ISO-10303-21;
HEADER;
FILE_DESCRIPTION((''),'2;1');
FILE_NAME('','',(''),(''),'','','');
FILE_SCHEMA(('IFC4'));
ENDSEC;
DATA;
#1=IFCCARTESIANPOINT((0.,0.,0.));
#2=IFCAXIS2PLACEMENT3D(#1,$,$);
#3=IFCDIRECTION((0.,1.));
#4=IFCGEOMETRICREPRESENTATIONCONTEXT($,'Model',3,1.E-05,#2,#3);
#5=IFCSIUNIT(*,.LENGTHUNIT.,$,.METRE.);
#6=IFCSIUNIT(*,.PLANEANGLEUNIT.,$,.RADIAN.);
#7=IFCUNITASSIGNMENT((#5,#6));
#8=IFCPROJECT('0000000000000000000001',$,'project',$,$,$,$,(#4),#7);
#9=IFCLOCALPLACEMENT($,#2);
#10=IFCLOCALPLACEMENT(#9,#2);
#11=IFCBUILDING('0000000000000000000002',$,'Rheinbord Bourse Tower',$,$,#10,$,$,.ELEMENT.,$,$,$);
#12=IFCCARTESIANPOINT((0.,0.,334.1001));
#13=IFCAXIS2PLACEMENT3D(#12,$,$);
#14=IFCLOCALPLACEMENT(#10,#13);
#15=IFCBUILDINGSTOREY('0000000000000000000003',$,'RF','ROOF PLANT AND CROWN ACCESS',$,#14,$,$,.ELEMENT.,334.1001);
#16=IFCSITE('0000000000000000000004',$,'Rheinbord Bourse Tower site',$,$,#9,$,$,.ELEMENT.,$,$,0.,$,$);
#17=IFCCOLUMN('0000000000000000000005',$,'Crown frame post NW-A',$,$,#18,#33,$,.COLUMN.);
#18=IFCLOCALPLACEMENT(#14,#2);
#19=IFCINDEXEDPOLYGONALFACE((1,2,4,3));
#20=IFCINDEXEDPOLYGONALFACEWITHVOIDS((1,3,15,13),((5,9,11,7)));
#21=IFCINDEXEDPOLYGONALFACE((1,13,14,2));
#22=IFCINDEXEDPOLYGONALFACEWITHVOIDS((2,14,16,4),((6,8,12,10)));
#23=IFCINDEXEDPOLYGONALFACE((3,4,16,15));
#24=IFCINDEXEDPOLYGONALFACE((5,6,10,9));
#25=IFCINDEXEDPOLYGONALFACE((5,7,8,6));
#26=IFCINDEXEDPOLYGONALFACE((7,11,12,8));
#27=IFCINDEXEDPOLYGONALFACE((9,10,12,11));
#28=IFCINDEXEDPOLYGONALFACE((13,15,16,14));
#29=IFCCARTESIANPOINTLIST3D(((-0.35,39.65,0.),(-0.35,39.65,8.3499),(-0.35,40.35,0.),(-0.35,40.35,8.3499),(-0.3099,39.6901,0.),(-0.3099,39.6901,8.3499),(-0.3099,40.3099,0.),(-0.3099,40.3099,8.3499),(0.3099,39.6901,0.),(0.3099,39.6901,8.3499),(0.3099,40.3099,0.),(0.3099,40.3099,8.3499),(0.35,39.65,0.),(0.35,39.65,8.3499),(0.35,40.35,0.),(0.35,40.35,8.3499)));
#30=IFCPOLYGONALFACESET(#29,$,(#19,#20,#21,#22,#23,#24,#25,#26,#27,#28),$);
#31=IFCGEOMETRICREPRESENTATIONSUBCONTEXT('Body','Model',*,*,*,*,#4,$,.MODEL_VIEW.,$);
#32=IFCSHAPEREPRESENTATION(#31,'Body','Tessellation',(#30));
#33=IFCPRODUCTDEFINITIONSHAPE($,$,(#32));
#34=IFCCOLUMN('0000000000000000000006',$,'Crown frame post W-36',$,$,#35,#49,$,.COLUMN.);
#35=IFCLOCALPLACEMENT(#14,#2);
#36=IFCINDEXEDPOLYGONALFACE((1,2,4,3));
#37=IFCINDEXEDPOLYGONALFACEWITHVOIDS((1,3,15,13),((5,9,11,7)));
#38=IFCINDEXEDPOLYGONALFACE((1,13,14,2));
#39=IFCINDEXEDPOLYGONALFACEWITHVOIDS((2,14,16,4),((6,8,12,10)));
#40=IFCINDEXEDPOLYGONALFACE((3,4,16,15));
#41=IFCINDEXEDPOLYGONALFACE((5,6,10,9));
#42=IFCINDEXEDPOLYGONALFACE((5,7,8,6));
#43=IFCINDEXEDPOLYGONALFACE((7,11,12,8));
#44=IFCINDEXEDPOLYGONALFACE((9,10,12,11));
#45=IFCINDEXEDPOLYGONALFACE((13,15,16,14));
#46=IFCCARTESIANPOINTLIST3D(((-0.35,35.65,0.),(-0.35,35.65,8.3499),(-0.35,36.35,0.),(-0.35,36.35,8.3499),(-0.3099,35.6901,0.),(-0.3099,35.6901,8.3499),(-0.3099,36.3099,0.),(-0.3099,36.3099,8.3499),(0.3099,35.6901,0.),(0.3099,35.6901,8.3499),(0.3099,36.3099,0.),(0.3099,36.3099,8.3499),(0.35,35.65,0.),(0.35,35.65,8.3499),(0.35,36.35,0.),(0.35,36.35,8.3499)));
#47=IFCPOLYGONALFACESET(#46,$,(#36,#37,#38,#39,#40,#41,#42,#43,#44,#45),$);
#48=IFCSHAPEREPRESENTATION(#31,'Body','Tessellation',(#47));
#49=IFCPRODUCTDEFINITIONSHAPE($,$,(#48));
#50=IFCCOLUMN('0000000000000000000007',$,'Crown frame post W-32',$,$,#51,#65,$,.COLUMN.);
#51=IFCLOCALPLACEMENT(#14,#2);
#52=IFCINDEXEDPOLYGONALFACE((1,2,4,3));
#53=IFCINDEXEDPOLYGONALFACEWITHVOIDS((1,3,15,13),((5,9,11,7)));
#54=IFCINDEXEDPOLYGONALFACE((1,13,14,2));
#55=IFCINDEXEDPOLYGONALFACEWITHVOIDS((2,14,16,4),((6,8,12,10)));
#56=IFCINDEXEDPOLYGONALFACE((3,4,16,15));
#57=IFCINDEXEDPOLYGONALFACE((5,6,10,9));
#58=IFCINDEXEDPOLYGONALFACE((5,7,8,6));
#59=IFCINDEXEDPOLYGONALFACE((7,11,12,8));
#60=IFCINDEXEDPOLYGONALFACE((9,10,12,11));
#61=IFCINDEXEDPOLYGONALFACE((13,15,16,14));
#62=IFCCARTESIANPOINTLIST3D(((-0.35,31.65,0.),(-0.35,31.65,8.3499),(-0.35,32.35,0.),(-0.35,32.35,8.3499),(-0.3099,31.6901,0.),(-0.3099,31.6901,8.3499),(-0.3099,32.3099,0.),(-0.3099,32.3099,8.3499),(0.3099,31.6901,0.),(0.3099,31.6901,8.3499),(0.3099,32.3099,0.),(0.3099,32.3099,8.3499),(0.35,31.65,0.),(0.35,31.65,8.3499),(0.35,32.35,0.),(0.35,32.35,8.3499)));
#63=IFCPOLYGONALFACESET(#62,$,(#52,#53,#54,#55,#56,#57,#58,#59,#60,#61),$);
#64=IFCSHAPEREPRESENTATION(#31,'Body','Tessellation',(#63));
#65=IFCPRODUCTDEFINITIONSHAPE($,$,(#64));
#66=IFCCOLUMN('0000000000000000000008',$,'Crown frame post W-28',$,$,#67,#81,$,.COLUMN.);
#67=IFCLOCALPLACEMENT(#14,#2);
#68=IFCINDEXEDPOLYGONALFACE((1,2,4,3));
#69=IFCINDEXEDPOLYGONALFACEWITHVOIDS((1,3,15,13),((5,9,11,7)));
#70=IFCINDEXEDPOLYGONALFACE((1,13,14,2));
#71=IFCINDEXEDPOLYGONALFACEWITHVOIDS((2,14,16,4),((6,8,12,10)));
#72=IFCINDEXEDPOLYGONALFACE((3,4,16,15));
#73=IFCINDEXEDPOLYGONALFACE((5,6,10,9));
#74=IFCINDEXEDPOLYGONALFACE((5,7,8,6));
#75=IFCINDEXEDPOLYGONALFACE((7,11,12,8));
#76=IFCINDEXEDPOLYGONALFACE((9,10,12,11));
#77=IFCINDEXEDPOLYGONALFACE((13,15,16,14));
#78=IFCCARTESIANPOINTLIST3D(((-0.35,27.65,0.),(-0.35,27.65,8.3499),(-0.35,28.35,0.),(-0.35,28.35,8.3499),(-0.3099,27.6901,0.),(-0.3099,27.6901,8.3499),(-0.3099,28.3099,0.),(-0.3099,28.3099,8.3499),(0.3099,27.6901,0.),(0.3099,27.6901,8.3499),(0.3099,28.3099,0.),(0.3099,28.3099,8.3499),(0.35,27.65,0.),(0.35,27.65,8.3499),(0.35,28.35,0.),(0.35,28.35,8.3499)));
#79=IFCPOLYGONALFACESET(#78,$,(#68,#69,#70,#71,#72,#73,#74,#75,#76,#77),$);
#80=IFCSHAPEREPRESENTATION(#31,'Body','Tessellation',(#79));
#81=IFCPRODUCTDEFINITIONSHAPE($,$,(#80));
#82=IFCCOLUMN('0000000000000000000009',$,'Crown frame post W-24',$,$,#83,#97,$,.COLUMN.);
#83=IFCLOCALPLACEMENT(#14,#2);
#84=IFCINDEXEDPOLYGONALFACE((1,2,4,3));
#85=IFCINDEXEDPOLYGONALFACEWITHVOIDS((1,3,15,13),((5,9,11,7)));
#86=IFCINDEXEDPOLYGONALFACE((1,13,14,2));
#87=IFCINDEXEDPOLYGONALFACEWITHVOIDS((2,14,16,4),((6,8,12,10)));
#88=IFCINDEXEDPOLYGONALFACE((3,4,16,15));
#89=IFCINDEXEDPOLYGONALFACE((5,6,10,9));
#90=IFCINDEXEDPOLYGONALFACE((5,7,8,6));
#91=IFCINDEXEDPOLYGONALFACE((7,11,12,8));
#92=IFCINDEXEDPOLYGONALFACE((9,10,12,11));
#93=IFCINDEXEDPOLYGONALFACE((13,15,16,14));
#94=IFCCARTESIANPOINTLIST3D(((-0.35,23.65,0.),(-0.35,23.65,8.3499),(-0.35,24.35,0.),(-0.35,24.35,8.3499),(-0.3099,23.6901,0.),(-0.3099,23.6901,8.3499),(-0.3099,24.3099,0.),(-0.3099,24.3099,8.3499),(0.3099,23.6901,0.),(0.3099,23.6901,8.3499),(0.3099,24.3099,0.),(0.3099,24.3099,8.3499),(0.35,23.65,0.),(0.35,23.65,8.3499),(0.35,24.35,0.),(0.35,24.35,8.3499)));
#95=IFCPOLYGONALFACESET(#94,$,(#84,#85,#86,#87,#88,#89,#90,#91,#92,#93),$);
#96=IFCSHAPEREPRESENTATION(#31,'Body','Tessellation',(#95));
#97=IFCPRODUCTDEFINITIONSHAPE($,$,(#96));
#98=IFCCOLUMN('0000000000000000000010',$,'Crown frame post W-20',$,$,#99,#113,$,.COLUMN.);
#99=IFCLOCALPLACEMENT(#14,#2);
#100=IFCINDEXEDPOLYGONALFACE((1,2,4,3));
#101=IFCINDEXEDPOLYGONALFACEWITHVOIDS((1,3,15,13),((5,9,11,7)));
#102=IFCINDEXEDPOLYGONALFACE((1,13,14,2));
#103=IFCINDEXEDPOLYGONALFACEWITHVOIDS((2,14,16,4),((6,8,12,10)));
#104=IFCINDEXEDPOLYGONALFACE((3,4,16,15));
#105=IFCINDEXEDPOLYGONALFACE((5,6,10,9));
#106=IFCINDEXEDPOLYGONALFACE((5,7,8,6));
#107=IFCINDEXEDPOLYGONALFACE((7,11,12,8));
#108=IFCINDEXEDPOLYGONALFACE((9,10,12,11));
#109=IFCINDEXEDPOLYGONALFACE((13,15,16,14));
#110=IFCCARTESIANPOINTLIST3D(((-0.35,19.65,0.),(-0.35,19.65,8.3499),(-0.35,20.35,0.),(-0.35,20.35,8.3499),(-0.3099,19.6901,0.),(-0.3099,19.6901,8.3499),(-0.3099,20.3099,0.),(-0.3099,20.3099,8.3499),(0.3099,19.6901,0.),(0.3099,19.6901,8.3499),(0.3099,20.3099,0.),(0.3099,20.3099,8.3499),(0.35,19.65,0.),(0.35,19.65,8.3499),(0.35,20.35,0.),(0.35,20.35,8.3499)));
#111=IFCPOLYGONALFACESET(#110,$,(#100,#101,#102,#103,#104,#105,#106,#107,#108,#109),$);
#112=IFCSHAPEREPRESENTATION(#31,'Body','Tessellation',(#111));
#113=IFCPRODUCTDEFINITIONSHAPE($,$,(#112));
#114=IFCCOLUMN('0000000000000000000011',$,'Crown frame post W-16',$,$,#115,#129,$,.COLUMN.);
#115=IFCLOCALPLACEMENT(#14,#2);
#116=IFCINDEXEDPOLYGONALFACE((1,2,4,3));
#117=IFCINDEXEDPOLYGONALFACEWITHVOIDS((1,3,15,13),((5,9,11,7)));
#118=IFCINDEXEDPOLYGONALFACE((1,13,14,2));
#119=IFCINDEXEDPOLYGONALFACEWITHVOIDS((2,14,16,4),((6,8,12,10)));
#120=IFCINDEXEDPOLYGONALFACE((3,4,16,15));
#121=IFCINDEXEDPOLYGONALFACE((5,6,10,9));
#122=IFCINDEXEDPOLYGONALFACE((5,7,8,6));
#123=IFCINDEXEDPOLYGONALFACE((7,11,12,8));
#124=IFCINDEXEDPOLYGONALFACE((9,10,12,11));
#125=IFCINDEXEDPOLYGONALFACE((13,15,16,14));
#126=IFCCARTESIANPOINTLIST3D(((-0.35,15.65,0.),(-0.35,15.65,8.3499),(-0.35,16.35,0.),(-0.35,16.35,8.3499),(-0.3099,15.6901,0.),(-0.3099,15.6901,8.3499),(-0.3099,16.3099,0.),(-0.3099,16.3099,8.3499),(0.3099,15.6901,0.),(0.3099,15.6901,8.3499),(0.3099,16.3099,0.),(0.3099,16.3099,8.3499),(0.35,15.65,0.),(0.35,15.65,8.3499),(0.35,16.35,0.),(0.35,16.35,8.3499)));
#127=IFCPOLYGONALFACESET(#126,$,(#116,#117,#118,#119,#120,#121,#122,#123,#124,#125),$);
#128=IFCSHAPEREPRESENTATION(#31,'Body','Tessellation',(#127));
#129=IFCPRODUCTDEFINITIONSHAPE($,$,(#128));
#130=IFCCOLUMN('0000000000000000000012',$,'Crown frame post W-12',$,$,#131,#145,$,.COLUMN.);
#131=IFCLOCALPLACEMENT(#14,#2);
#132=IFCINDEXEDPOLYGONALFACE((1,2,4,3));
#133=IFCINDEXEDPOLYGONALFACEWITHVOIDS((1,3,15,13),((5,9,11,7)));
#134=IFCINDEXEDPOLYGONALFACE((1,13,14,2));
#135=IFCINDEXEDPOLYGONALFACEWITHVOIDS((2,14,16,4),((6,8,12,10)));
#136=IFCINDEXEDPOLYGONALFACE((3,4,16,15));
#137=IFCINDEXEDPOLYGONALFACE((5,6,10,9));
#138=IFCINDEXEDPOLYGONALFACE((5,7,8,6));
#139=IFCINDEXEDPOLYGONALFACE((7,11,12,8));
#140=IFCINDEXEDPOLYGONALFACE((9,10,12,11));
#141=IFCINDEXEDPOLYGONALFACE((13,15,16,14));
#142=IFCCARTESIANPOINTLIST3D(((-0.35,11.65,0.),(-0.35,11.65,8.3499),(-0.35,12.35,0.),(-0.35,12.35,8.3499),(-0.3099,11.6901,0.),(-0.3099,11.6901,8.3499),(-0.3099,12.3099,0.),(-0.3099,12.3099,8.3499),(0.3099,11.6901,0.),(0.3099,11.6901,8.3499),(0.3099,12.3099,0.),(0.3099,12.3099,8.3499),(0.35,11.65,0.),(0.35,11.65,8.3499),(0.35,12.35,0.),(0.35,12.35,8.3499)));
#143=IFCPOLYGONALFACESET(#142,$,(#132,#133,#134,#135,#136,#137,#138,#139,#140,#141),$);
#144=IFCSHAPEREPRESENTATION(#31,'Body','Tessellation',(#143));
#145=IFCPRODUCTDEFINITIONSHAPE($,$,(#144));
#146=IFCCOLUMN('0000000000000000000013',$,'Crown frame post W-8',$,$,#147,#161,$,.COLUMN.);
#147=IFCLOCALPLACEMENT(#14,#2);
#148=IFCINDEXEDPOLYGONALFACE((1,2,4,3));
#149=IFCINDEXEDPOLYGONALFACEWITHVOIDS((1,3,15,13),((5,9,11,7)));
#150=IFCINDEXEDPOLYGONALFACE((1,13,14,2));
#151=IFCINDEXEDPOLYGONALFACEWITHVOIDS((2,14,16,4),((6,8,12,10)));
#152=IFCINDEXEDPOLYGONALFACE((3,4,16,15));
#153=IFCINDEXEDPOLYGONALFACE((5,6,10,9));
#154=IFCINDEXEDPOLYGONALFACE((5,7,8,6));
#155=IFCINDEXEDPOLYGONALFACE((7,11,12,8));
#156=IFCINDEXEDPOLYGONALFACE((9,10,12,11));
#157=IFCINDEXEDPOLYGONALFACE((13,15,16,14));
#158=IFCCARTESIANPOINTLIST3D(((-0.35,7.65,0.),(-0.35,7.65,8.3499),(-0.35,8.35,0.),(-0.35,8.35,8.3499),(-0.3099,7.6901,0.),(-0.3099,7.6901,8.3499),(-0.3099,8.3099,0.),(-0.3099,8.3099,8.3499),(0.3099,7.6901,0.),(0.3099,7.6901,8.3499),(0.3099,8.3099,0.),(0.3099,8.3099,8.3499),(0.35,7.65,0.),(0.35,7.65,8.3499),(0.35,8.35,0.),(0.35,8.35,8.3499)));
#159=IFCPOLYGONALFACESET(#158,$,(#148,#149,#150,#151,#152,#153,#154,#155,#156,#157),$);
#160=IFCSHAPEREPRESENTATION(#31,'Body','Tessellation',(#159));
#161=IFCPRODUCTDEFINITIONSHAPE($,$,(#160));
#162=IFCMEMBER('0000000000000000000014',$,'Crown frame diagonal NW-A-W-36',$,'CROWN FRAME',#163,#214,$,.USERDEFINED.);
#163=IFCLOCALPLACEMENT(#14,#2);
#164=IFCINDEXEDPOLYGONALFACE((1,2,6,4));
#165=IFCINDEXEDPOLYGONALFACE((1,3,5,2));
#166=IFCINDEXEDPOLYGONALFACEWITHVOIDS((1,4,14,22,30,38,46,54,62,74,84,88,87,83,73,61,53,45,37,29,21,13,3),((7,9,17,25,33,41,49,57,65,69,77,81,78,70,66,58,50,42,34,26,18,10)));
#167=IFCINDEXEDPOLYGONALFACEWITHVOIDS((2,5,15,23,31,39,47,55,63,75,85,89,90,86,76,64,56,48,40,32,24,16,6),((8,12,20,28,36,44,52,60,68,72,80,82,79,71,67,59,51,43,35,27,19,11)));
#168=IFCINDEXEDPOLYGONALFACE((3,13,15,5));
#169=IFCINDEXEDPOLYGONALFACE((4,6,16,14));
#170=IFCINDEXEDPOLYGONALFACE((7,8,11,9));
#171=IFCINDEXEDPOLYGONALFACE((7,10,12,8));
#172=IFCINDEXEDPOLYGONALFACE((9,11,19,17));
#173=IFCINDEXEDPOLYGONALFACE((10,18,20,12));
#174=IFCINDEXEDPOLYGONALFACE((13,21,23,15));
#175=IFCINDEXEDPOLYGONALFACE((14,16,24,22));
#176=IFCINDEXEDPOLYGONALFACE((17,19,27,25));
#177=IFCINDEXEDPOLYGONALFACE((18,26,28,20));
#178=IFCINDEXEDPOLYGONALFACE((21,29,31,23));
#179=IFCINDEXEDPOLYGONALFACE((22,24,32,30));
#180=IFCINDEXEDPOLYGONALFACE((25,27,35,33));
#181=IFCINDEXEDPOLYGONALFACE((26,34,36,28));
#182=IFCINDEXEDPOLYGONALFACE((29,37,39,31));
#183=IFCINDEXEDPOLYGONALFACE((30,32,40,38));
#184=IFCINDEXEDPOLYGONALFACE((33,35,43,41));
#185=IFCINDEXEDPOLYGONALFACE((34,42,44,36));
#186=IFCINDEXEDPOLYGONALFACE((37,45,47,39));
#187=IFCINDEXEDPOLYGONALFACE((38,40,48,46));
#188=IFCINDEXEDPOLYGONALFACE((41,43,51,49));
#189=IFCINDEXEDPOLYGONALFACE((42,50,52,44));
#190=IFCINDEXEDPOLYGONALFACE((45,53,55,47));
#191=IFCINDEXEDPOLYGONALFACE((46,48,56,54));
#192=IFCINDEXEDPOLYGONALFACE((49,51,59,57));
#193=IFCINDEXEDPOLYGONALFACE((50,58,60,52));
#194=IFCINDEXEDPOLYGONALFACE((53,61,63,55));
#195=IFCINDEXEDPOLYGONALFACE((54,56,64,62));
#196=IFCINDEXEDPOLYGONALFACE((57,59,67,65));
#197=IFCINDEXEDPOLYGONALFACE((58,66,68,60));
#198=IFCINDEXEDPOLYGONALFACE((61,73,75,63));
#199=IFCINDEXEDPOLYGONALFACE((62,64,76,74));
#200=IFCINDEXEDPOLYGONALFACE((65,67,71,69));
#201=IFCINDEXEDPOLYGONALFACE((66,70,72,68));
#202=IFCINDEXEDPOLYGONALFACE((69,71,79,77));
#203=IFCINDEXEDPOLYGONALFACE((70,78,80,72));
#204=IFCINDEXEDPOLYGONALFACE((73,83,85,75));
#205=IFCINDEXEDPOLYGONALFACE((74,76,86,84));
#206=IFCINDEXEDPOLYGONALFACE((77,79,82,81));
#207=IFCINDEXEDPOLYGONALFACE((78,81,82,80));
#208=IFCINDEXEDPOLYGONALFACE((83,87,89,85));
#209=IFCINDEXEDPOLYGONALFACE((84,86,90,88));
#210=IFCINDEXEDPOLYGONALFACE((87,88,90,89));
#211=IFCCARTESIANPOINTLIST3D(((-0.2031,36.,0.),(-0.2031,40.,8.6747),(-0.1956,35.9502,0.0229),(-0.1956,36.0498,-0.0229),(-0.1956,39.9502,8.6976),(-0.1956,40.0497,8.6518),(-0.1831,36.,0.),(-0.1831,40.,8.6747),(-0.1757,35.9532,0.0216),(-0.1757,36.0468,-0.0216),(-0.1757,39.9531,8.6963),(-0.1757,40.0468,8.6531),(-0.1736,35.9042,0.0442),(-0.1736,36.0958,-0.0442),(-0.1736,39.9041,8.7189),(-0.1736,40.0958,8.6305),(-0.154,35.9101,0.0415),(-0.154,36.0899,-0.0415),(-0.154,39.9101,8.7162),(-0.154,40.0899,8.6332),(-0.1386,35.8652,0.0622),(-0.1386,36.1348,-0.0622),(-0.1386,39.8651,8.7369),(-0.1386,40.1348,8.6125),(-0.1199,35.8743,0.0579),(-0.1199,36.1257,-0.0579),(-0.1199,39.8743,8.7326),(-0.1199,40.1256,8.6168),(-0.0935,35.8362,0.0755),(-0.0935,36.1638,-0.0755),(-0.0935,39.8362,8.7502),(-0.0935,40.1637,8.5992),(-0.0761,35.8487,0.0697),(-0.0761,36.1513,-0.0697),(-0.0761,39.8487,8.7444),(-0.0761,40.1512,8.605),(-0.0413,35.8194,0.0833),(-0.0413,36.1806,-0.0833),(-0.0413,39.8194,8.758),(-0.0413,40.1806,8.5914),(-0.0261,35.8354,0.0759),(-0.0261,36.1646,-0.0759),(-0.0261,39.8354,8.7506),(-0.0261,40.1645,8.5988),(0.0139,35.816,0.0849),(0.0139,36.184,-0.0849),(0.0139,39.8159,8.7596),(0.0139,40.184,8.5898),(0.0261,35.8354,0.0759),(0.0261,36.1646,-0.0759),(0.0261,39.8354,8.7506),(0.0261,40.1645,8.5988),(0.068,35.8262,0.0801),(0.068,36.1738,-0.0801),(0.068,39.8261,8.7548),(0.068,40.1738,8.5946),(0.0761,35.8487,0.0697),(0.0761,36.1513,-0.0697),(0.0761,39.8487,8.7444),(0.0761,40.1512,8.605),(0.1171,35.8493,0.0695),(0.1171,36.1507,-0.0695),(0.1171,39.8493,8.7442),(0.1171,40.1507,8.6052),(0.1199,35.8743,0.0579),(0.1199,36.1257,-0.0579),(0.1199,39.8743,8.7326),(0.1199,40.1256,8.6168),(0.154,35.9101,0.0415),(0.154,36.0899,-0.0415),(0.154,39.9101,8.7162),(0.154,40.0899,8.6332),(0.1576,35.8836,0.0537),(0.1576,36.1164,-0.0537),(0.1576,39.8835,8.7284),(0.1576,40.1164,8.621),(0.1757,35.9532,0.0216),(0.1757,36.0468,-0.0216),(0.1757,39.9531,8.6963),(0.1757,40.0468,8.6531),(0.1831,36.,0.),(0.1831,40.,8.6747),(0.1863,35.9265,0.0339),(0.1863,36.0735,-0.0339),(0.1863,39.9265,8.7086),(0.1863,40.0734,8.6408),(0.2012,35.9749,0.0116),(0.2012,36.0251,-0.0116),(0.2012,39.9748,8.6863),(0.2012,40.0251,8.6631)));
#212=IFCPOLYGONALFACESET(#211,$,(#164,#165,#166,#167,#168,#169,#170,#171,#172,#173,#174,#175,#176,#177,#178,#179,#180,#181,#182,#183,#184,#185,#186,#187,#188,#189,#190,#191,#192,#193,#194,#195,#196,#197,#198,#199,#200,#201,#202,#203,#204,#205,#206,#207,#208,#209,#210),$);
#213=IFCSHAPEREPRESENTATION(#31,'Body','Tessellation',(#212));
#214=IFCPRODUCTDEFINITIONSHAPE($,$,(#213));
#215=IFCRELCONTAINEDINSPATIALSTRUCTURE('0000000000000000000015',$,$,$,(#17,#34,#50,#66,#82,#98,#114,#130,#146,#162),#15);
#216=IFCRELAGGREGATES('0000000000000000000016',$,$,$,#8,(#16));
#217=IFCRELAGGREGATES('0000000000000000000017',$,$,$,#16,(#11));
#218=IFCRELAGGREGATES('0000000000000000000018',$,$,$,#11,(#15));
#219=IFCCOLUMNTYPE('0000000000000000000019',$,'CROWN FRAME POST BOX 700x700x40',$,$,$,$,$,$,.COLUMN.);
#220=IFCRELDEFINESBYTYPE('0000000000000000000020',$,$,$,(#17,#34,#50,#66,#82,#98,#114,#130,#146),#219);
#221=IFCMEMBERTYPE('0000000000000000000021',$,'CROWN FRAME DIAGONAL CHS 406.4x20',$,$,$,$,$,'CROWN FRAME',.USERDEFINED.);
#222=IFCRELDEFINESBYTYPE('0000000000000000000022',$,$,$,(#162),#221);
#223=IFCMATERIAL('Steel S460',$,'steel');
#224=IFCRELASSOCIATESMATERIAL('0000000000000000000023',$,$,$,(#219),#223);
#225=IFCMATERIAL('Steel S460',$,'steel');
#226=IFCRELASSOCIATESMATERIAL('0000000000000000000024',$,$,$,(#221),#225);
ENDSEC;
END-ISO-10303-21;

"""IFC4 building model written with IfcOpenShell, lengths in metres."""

from ifc_helpers import new_model, si_unit, direction, frame, origin, origin_2d, place, context, subcontext, project, spatial, hollow_rectangle, hollow_circle, extrude, material, material_profile, profile_set, type_object, element, save


model = new_model("IFC4")

# Units and contexts
model_context = context("Model", 3, precision=1e-05, world=origin(), true_north=direction((0.0, 1.0)))
body_context = subcontext(model_context, "Body", "Model", "MODEL_VIEW")
ifc_project = project(units=[si_unit("LENGTHUNIT", "METRE"), si_unit("PLANEANGLEUNIT", "RADIAN")], contexts=[model_context])

# Site, building, storey
site_placement = place(None, origin())
site = spatial("IfcSite", under=ifc_project, at=site_placement, Name="Rheinbord Bourse Tower site", CompositionType="ELEMENT", RefElevation=0.0)
building_placement = place(site_placement, origin())
building = spatial("IfcBuilding", under=site, at=building_placement, Name="Rheinbord Bourse Tower", CompositionType="ELEMENT")
storey_placement = place(building_placement, frame((0.0, 0.0, 334.1001)))
storey = spatial("IfcBuildingStorey", under=building, at=storey_placement, Name="RF", Description="ROOF PLANT AND CROWN ACCESS", CompositionType="ELEMENT", Elevation=334.1001)

# Columns
ifc_material_1 = material(Name="Steel S460", Category="steel")
ifc_material_profile_1 = material_profile(ifc_material_1, hollow_rectangle(XDim=0.7, YDim=0.7, WallThickness=0.04, at=origin_2d()), Name="BOX 700x700x40")
ifc_profile_set_1 = profile_set([ifc_material_profile_1], Name="Steel S460")
column_type = type_object("IfcColumnType", Name="CROWN FRAME POST BOX 700x700x40", PredefinedType="COLUMN", material=ifc_profile_set_1)
for number, where, z_axis, x_axis, name in (
    (1, (0.0, 40.0, 0.0), (0.0, 0.0, 1.0), (1.0, 0.0, 0.0), "Crown frame post NW-A"),
    (2, (0.0, 36.0, 0.0), (0.0, 0.0, 1.0), (1.0, 0.0, 0.0), "Crown frame post W-36"),
    (3, (0.0, 32.0, 0.0), (0.0, 0.0, 1.0), (1.0, 0.0, 0.0), "Crown frame post W-32"),
    (4, (0.0, 28.0, 0.0), (0.0, 0.0, 1.0), (1.0, 0.0, 0.0), "Crown frame post W-28"),
    (5, (0.0, 24.0, 0.0), (0.0, 0.0, 1.0), (1.0, 0.0, 0.0), "Crown frame post W-24"),
    (6, (0.0, 20.0, 0.0), (0.0, 0.0, 1.0), (1.0, 0.0, 0.0), "Crown frame post W-20"),
    (7, (0.0, 16.0, 0.0), (0.0, 0.0, 1.0), (1.0, 0.0, 0.0), "Crown frame post W-16"),
    (8, (0.0, 12.0, 0.0), (0.0, 0.0, 1.0), (1.0, 0.0, 0.0), "Crown frame post W-12"),
    (9, (0.0, 8.0, 0.0), (0.0, 0.0, 1.0), (1.0, 0.0, 0.0), "Crown frame post W-8"),
):
    element("IfcColumn", number, at=place(storey_placement, frame(where, z_axis=z_axis, x_axis=x_axis)), inside=storey, type_object=column_type, Name=name, PredefinedType="COLUMN", context=body_context, shape_type="SweptSolid", body=[
        extrude(hollow_rectangle(XDim=0.7, YDim=0.7, WallThickness=0.04, at=origin_2d()), origin(), (0.0, 0.0, 1.0), 8.3499),
    ])

# Member
ifc_material_2 = material(Name="Steel S460", Category="steel")
ifc_material_profile_2 = material_profile(ifc_material_2, hollow_circle(Radius=0.2031, WallThickness=0.02, at=origin_2d()), Name="CHS 406.4x20")
ifc_profile_set_2 = profile_set([ifc_material_profile_2], Name="Steel S460")
member_type = type_object("IfcMemberType", Name="CROWN FRAME DIAGONAL CHS 406.4x20", ElementType="CROWN FRAME", PredefinedType="USERDEFINED", material=ifc_profile_set_2)
for number, where, z_axis, x_axis, name in (
    (10, (0.0, 36.0, 0.0), (0.0, 0.418734, 0.908109), (-1.0, 0.0, 0.0), "Crown frame diagonal NW-A-W-36"),
):
    element("IfcMember", number, at=place(storey_placement, frame(where, z_axis=z_axis, x_axis=x_axis)), inside=storey, type_object=member_type, Name=name, ObjectType="CROWN FRAME", PredefinedType="USERDEFINED", context=body_context, shape_type="SweptSolid", body=[
        extrude(hollow_circle(Radius=0.2031, WallThickness=0.02, at=origin_2d()), origin(), (0.0, 0.0, 1.0), 9.5525),
    ])

save(model, "model.ifc")
